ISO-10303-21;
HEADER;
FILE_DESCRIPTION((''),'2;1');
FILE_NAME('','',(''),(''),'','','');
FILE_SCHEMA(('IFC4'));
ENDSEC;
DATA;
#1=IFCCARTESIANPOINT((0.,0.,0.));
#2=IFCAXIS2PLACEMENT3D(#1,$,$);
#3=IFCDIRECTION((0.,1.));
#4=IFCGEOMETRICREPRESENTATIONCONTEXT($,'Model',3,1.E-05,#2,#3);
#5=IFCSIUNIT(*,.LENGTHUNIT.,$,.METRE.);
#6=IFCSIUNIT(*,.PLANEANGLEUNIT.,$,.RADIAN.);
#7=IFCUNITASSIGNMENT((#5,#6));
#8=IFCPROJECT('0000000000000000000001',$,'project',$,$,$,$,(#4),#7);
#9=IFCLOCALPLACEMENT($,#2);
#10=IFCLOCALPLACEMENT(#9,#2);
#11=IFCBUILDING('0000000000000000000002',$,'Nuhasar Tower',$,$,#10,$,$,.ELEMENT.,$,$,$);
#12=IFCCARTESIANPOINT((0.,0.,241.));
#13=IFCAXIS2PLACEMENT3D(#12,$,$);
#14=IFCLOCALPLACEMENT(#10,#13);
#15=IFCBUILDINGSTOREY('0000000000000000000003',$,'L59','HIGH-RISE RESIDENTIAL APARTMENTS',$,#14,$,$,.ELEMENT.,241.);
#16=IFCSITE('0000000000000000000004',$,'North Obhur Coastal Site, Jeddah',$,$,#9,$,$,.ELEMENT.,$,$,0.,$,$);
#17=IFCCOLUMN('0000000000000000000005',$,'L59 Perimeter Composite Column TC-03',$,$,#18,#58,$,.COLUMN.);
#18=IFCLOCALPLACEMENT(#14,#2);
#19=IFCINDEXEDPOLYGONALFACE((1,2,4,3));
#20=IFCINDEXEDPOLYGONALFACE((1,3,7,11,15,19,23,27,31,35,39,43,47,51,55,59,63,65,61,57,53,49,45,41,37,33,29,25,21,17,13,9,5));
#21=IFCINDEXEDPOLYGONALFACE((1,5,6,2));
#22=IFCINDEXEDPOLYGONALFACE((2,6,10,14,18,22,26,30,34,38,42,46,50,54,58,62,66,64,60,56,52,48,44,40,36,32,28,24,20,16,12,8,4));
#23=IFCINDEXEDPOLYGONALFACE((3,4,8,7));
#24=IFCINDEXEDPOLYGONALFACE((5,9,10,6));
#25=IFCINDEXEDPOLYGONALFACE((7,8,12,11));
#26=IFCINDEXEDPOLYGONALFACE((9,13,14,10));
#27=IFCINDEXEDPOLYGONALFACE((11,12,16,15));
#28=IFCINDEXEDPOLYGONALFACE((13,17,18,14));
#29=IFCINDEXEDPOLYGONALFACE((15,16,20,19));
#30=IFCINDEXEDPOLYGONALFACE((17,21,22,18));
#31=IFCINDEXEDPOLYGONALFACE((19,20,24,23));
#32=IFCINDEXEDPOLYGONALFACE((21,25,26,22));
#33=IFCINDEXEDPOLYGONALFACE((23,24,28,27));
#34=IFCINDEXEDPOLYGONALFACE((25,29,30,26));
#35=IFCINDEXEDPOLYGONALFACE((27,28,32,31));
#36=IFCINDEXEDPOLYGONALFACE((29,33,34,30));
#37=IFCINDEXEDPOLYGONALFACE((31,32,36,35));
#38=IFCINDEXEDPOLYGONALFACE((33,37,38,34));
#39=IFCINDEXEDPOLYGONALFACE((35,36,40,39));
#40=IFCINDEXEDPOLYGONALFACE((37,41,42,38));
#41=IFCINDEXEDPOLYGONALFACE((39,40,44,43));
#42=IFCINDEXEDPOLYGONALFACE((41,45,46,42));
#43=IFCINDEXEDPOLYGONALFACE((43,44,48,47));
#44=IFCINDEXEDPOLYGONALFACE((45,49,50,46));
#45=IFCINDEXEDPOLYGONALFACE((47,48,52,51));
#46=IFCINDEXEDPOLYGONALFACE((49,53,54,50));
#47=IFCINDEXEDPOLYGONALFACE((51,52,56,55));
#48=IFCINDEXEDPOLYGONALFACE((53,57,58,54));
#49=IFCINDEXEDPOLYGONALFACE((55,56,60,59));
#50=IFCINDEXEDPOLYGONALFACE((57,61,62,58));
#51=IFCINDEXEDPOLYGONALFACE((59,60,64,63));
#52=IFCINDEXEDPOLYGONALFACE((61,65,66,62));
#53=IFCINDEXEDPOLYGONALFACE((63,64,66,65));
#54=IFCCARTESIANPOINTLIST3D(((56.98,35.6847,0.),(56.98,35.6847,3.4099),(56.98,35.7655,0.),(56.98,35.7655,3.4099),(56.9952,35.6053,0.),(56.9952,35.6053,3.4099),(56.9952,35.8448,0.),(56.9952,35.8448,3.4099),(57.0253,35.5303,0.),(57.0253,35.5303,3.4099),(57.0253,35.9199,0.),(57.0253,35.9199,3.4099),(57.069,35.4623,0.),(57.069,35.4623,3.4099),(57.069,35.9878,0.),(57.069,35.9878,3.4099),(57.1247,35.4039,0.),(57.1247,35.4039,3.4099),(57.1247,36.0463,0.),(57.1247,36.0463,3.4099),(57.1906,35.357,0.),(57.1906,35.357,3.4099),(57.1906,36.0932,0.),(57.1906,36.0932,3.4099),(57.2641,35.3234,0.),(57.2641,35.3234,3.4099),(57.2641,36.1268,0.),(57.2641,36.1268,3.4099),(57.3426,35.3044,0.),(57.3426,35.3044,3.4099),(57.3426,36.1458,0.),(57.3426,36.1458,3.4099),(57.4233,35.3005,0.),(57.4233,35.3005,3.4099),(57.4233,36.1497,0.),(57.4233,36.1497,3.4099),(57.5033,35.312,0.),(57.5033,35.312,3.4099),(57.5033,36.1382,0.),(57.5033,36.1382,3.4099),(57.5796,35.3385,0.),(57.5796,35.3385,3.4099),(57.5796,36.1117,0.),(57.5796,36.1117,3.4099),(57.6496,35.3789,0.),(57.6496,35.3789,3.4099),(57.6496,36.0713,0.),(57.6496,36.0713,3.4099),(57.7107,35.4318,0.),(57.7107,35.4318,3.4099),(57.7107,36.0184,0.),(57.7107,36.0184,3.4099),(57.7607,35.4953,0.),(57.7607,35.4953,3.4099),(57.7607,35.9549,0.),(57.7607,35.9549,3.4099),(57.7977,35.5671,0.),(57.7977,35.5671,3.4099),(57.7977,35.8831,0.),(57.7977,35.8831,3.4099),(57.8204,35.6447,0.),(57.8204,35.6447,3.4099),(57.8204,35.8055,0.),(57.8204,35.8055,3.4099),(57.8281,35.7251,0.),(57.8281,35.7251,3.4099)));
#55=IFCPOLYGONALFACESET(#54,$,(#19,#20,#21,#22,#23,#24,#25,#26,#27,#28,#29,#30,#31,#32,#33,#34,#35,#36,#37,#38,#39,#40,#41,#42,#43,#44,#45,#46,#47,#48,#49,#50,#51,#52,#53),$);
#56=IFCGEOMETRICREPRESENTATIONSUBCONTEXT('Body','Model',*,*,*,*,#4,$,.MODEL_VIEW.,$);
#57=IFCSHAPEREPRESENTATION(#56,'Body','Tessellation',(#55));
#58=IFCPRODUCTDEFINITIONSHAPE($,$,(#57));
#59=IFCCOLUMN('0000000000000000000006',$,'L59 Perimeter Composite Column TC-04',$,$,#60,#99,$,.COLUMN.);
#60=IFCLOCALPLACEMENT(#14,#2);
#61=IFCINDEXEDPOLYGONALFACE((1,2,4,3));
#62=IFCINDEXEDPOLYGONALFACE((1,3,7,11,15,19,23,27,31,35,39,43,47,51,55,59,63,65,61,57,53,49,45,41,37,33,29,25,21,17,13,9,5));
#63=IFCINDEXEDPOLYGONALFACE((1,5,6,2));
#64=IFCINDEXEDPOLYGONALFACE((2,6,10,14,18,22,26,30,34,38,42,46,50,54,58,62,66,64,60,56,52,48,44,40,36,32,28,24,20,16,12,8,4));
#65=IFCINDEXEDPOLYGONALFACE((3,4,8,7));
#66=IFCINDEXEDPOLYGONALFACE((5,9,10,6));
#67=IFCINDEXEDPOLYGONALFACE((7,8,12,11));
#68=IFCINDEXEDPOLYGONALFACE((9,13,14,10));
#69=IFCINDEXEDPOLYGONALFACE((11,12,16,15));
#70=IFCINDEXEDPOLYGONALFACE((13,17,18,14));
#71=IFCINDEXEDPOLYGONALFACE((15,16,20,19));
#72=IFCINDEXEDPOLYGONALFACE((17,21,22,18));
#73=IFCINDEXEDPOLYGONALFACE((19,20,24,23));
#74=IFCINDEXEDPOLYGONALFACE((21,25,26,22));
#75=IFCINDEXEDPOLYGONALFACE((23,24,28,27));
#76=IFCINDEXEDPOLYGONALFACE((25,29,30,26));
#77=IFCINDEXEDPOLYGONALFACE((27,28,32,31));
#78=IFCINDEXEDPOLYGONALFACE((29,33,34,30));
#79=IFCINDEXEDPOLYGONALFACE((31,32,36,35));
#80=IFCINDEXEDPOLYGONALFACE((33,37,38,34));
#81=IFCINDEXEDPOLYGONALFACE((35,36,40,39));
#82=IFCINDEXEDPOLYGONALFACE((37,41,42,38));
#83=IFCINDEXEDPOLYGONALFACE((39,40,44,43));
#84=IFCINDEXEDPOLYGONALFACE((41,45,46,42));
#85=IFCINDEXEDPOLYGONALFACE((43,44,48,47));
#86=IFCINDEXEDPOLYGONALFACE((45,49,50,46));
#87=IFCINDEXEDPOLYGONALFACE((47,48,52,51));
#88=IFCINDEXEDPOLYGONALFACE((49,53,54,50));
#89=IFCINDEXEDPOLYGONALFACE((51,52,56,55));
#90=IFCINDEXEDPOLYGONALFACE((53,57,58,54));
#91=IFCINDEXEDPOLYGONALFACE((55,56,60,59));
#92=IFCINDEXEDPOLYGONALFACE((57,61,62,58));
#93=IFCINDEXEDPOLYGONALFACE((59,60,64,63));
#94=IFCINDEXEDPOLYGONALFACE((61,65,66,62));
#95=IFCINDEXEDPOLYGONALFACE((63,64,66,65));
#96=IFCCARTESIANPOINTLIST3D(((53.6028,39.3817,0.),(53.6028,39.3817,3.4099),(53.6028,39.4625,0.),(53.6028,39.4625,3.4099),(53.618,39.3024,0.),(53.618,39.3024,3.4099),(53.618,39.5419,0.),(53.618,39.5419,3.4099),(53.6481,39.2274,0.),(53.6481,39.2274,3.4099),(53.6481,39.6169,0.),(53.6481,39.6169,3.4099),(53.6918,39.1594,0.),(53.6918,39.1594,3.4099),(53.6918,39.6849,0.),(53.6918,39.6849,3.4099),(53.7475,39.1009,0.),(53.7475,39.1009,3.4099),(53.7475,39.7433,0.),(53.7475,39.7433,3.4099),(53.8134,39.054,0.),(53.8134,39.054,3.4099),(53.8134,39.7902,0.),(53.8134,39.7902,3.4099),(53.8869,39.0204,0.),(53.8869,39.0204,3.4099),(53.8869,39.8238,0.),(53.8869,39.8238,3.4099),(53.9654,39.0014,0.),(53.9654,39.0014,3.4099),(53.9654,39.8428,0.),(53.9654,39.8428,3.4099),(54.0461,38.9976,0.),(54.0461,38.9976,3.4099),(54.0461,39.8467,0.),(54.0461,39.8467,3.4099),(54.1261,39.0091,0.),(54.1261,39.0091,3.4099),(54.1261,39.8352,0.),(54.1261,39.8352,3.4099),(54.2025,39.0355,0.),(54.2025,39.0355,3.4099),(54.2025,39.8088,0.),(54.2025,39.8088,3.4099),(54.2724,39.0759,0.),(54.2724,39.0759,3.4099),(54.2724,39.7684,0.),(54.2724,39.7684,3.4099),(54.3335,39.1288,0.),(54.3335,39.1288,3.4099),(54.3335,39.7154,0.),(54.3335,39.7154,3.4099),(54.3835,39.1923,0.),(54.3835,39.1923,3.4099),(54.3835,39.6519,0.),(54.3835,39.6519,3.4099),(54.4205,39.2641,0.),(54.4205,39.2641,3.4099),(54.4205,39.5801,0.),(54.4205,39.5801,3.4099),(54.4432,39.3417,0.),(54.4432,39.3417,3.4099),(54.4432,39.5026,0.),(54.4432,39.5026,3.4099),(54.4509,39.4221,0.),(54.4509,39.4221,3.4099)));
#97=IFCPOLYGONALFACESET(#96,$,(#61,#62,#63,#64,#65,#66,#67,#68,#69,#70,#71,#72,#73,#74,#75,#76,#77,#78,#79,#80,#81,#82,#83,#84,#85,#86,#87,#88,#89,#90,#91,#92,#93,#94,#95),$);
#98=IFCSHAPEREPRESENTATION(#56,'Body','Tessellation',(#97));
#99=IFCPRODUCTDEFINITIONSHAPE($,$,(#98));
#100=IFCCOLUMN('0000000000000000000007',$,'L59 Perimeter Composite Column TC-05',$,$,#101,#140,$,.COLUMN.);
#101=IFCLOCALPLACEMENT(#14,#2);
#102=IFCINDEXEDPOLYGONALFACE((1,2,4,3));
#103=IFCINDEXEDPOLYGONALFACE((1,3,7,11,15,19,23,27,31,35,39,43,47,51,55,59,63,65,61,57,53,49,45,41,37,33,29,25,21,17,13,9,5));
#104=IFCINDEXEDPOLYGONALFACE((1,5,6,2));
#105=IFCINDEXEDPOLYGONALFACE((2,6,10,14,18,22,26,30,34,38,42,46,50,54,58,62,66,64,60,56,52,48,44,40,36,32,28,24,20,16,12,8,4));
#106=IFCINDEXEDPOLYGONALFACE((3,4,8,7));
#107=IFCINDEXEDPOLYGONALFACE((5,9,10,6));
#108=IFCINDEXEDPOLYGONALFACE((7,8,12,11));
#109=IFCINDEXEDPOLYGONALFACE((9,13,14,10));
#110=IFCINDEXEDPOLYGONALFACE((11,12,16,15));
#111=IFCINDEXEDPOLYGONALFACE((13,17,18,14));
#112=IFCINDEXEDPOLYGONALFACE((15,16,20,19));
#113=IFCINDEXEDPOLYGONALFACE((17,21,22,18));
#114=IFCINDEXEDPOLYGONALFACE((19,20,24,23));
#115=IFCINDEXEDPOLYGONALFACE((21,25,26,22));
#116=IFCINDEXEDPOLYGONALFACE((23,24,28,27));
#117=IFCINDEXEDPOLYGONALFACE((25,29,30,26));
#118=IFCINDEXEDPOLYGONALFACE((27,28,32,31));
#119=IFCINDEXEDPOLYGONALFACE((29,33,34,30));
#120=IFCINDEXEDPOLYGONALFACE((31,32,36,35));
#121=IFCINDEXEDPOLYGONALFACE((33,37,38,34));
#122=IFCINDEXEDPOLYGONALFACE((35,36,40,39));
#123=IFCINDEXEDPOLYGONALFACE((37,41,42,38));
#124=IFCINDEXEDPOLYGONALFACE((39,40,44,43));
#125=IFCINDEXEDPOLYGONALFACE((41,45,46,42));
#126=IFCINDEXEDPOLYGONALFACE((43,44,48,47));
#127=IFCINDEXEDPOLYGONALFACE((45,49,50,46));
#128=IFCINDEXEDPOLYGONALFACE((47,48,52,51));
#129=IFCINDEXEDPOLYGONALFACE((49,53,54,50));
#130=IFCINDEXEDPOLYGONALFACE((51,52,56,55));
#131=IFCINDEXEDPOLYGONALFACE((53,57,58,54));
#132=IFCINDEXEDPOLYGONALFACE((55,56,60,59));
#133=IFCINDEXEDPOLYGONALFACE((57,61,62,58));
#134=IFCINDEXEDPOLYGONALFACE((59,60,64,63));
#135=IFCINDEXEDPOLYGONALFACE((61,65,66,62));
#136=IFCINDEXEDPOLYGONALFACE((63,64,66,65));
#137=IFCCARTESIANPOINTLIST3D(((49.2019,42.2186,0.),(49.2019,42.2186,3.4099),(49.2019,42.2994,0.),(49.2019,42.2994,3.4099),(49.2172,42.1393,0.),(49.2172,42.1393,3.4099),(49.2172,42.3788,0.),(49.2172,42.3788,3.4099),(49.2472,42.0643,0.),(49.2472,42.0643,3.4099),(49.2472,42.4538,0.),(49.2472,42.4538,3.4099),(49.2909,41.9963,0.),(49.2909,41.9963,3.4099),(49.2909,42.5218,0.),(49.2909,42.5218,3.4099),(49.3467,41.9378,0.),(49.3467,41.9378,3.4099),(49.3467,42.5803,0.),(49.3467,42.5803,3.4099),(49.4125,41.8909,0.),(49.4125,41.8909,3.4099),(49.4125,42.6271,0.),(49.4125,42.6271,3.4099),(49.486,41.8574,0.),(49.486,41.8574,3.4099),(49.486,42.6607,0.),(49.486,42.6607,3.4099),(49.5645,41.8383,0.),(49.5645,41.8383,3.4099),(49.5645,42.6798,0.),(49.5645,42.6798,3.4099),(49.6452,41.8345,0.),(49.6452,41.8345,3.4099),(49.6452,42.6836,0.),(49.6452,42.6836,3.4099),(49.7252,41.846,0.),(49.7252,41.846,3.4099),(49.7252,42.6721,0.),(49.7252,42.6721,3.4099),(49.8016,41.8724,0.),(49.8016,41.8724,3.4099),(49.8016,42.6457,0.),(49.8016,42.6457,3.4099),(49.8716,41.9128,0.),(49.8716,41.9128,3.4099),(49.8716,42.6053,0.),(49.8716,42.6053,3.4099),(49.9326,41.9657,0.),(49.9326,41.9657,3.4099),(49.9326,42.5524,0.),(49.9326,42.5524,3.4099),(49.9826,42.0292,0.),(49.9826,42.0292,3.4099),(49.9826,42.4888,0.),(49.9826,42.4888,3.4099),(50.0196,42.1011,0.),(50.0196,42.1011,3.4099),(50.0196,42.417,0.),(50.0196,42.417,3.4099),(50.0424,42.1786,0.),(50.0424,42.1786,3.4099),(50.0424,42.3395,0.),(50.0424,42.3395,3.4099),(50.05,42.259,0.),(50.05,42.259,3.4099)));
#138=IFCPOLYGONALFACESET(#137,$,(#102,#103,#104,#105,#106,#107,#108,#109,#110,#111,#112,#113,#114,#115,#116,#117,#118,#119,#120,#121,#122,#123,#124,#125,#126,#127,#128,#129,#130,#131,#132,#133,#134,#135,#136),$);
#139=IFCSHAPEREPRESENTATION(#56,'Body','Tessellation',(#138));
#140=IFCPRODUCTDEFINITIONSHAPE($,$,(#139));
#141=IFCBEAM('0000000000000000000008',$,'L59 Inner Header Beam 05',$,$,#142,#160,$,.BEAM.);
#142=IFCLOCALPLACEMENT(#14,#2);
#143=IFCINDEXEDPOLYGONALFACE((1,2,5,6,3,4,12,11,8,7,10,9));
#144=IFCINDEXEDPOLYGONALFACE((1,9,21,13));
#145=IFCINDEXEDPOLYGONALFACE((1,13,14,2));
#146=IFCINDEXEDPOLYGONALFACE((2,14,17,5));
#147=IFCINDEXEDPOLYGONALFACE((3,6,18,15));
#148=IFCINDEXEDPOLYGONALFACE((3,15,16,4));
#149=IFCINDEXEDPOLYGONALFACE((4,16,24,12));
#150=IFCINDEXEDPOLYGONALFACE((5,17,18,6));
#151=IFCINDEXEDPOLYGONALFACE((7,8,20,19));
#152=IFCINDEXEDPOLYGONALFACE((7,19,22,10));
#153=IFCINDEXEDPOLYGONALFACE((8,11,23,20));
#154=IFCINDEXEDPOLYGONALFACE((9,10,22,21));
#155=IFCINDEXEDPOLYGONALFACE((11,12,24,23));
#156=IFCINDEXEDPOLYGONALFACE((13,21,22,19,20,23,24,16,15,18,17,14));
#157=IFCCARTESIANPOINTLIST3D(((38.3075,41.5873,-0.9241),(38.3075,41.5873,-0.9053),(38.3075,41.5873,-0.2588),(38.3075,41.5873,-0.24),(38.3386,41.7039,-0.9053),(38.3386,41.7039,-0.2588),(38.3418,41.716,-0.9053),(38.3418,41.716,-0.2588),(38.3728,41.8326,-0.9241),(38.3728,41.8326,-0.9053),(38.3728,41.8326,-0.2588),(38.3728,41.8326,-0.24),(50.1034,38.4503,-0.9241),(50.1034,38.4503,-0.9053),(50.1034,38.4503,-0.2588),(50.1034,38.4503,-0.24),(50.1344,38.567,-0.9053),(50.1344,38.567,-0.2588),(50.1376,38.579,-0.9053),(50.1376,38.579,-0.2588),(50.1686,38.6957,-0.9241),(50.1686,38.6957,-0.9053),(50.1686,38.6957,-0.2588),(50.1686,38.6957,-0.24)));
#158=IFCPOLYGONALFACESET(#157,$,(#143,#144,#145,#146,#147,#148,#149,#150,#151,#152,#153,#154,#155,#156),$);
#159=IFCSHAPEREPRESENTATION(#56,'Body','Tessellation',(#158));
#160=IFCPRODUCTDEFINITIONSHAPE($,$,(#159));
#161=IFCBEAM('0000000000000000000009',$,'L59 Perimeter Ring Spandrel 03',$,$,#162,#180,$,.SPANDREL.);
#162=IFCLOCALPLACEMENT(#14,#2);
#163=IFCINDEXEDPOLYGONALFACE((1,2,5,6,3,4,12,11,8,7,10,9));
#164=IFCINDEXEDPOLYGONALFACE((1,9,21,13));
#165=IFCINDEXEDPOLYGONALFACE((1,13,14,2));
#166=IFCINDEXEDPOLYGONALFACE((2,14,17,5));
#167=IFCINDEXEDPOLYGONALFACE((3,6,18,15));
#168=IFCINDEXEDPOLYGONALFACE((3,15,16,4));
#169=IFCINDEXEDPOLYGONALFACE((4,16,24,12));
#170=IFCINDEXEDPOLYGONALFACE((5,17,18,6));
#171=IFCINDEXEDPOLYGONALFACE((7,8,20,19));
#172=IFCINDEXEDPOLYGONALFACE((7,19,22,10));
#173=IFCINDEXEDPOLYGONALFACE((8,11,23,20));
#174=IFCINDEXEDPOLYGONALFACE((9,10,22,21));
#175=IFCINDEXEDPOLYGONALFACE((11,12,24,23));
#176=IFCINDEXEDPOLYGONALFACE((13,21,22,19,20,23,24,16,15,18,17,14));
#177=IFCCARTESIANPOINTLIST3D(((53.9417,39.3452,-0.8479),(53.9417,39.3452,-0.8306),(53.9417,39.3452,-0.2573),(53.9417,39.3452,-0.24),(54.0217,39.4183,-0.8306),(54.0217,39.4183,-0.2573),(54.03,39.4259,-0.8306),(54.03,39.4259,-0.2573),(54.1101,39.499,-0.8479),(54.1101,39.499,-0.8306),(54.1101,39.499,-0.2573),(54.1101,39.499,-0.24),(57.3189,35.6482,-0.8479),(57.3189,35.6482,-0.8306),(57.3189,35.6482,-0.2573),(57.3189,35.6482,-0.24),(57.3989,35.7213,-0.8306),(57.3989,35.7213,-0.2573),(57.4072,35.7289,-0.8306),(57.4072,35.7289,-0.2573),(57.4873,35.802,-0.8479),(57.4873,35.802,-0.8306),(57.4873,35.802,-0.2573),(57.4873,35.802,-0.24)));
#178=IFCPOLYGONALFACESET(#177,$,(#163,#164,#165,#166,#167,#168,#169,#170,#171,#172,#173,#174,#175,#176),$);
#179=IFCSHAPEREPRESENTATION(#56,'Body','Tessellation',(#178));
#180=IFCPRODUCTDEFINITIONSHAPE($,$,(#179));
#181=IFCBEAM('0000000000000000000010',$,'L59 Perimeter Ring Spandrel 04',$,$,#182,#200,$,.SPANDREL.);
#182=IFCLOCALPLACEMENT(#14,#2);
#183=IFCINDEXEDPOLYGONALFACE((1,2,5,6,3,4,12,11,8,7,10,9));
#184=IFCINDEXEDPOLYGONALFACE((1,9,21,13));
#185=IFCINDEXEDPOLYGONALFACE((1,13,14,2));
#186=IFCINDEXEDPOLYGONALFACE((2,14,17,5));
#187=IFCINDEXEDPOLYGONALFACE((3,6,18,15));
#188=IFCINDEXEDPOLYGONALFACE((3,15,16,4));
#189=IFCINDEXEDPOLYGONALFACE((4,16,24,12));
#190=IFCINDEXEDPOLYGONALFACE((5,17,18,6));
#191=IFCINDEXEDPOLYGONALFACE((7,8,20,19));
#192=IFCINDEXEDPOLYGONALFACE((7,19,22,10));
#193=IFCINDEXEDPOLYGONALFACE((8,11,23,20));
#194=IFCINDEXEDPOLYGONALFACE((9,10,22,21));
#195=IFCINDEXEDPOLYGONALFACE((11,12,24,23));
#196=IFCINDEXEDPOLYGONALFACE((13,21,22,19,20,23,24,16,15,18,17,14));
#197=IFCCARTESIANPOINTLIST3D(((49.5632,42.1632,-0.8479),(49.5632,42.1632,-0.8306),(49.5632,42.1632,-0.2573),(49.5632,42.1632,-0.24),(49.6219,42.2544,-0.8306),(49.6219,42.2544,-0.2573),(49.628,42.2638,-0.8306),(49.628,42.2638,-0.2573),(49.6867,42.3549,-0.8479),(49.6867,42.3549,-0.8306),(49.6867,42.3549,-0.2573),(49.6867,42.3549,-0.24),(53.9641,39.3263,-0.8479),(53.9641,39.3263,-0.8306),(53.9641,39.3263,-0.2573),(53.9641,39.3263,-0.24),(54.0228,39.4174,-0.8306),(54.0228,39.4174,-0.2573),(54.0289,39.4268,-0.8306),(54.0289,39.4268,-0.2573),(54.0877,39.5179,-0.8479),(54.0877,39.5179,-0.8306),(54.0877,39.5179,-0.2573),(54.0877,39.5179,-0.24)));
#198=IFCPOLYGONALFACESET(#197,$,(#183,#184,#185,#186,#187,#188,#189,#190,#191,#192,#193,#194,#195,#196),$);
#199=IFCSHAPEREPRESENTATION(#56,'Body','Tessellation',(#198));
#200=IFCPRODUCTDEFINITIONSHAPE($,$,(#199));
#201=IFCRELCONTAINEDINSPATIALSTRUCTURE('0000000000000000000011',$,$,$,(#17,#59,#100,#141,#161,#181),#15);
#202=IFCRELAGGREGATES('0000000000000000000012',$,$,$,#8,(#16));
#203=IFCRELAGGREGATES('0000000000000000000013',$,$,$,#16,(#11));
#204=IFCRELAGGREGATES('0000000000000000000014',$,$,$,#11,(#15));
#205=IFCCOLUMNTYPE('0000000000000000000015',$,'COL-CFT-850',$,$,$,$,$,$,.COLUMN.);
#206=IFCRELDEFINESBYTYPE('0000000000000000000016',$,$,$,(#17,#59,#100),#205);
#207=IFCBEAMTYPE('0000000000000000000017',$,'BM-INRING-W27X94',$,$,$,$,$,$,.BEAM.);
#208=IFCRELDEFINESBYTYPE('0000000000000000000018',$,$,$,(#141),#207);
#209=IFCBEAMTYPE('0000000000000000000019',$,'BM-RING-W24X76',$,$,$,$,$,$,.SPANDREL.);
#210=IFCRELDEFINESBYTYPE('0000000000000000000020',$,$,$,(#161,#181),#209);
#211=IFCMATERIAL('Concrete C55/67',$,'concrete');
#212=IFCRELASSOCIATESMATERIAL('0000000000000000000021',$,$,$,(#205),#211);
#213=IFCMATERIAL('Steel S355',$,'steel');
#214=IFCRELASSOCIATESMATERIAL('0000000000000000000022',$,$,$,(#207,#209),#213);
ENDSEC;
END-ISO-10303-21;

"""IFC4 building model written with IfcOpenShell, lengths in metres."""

from ifc_helpers import new_model, si_unit, direction, frame, origin, origin_2d, place, context, subcontext, project, spatial, circle, i_section, extrude, material, material_profile, profile_set, type_object, element, save


model = new_model("IFC4")

# Units and contexts
model_context = context("Model", 3, precision=1e-05, world=origin(), true_north=direction((0.0, 1.0)))
body_context = subcontext(model_context, "Body", "Model", "MODEL_VIEW")
ifc_project = project(units=[si_unit("LENGTHUNIT", "METRE"), si_unit("PLANEANGLEUNIT", "RADIAN")], contexts=[model_context])

# Site, building, storey
site_placement = place(None, origin())
site = spatial("IfcSite", under=ifc_project, at=site_placement, Name="North Obhur Coastal Site, Jeddah", CompositionType="ELEMENT", RefElevation=0.0)
building_placement = place(site_placement, origin())
building = spatial("IfcBuilding", under=site, at=building_placement, Name="Nuhasar Tower", CompositionType="ELEMENT")
storey_placement = place(building_placement, frame((0.0, 0.0, 241.0)))
storey = spatial("IfcBuildingStorey", under=building, at=storey_placement, Name="L59", Description="HIGH-RISE RESIDENTIAL APARTMENTS", CompositionType="ELEMENT", Elevation=241.0)

# Columns
ifc_material_1 = material(Name="Concrete C55/67", Category="concrete")
ifc_material_profile_1 = material_profile(ifc_material_1, circle(Radius=0.425, at=origin_2d()), Name="CFT850")
ifc_profile_set_1 = profile_set([ifc_material_profile_1], Name="Concrete C55/67")
column_type = type_object("IfcColumnType", Name="COL-CFT-850", PredefinedType="COLUMN", material=ifc_profile_set_1)
for number, where, z_axis, x_axis, name in (
    (1, (57.4031, 35.7251, 0.0), (0.0, 0.0, 1.0), (1.0, 0.0, 0.0), "L59 Perimeter Composite Column TC-03"),
    (2, (54.0259, 39.4221, 0.0), (0.0, 0.0, 1.0), (1.0, 0.0, 0.0), "L59 Perimeter Composite Column TC-04"),
    (3, (49.625, 42.259, 0.0), (0.0, 0.0, 1.0), (1.0, 0.0, 0.0), "L59 Perimeter Composite Column TC-05"),
):
    element("IfcColumn", number, at=place(storey_placement, frame(where, z_axis=z_axis, x_axis=x_axis)), inside=storey, type_object=column_type, Name=name, PredefinedType="COLUMN", context=body_context, shape_type="SweptSolid", body=[
        extrude(circle(Radius=0.425, at=origin_2d()), origin(), (0.0, 0.0, 1.0), 3.4099),
    ])

# Beams
ifc_material_2 = material(Name="Steel S355", Category="steel")
ifc_material_profile_2 = material_profile(ifc_material_2, i_section(OverallWidth=0.2539, OverallDepth=0.6841, WebThickness=0.0125, FlangeThickness=0.0188, at=origin_2d()), Name="W27X94")
ifc_profile_set_2 = profile_set([ifc_material_profile_2], Name="Steel S355")
beam_type_1 = type_object("IfcBeamType", Name="BM-INRING-W27X94", PredefinedType="BEAM", material=ifc_profile_set_2)
beam_1_placement = place(storey_placement, frame((50.136, 38.573, -0.582), z_axis=(-0.96641, 0.257004, 0.0), x_axis=(-0.257004, -0.96641, 0.0)))
element("IfcBeam", 4, at=beam_1_placement, inside=storey, type_object=beam_type_1, Name="L59 Inner Header Beam 05", PredefinedType="BEAM", context=body_context, shape_type="SweptSolid", body=[
    extrude(i_section(OverallWidth=0.2539, OverallDepth=0.6841, WebThickness=0.0125, FlangeThickness=0.0188, at=origin_2d()), origin(), (0.0, 0.0, 1.0), 12.2058),
])
ifc_material_profile_3 = material_profile(ifc_material_2, i_section(OverallWidth=0.228, OverallDepth=0.6079, WebThickness=0.0112, FlangeThickness=0.0173, at=origin_2d()), Name="W24X76")
ifc_profile_set_3 = profile_set([ifc_material_profile_3], Name="Steel S355")
beam_type_2 = type_object("IfcBeamType", Name="BM-RING-W24X76", PredefinedType="SPANDREL", material=ifc_profile_set_3)
beam_2_placement = place(storey_placement, frame((57.4031, 35.7251, -0.5439), z_axis=(-0.67445, 0.738321, 0.0), x_axis=(-0.738321, -0.67445, 0.0)))
element("IfcBeam", 5, at=beam_2_placement, inside=storey, type_object=beam_type_2, Name="L59 Perimeter Ring Spandrel 03", PredefinedType="SPANDREL", context=body_context, shape_type="SweptSolid", body=[
    extrude(i_section(OverallWidth=0.228, OverallDepth=0.6079, WebThickness=0.0112, FlangeThickness=0.0173, at=origin_2d()), origin(), (0.0, 0.0, 1.0), 5.0073),
])
beam_3_placement = place(storey_placement, frame((54.0259, 39.4221, -0.5439), z_axis=(-0.840502, 0.541808, 0.0), x_axis=(-0.541808, -0.840502, 0.0)))
element("IfcBeam", 6, at=beam_3_placement, inside=storey, type_object=beam_type_2, Name="L59 Perimeter Ring Spandrel 04", PredefinedType="SPANDREL", context=body_context, shape_type="SweptSolid", body=[
    extrude(i_section(OverallWidth=0.228, OverallDepth=0.6079, WebThickness=0.0112, FlangeThickness=0.0173, at=origin_2d()), origin(), (0.0, 0.0, 1.0), 5.2361),
])

save(model, "model.ifc")
